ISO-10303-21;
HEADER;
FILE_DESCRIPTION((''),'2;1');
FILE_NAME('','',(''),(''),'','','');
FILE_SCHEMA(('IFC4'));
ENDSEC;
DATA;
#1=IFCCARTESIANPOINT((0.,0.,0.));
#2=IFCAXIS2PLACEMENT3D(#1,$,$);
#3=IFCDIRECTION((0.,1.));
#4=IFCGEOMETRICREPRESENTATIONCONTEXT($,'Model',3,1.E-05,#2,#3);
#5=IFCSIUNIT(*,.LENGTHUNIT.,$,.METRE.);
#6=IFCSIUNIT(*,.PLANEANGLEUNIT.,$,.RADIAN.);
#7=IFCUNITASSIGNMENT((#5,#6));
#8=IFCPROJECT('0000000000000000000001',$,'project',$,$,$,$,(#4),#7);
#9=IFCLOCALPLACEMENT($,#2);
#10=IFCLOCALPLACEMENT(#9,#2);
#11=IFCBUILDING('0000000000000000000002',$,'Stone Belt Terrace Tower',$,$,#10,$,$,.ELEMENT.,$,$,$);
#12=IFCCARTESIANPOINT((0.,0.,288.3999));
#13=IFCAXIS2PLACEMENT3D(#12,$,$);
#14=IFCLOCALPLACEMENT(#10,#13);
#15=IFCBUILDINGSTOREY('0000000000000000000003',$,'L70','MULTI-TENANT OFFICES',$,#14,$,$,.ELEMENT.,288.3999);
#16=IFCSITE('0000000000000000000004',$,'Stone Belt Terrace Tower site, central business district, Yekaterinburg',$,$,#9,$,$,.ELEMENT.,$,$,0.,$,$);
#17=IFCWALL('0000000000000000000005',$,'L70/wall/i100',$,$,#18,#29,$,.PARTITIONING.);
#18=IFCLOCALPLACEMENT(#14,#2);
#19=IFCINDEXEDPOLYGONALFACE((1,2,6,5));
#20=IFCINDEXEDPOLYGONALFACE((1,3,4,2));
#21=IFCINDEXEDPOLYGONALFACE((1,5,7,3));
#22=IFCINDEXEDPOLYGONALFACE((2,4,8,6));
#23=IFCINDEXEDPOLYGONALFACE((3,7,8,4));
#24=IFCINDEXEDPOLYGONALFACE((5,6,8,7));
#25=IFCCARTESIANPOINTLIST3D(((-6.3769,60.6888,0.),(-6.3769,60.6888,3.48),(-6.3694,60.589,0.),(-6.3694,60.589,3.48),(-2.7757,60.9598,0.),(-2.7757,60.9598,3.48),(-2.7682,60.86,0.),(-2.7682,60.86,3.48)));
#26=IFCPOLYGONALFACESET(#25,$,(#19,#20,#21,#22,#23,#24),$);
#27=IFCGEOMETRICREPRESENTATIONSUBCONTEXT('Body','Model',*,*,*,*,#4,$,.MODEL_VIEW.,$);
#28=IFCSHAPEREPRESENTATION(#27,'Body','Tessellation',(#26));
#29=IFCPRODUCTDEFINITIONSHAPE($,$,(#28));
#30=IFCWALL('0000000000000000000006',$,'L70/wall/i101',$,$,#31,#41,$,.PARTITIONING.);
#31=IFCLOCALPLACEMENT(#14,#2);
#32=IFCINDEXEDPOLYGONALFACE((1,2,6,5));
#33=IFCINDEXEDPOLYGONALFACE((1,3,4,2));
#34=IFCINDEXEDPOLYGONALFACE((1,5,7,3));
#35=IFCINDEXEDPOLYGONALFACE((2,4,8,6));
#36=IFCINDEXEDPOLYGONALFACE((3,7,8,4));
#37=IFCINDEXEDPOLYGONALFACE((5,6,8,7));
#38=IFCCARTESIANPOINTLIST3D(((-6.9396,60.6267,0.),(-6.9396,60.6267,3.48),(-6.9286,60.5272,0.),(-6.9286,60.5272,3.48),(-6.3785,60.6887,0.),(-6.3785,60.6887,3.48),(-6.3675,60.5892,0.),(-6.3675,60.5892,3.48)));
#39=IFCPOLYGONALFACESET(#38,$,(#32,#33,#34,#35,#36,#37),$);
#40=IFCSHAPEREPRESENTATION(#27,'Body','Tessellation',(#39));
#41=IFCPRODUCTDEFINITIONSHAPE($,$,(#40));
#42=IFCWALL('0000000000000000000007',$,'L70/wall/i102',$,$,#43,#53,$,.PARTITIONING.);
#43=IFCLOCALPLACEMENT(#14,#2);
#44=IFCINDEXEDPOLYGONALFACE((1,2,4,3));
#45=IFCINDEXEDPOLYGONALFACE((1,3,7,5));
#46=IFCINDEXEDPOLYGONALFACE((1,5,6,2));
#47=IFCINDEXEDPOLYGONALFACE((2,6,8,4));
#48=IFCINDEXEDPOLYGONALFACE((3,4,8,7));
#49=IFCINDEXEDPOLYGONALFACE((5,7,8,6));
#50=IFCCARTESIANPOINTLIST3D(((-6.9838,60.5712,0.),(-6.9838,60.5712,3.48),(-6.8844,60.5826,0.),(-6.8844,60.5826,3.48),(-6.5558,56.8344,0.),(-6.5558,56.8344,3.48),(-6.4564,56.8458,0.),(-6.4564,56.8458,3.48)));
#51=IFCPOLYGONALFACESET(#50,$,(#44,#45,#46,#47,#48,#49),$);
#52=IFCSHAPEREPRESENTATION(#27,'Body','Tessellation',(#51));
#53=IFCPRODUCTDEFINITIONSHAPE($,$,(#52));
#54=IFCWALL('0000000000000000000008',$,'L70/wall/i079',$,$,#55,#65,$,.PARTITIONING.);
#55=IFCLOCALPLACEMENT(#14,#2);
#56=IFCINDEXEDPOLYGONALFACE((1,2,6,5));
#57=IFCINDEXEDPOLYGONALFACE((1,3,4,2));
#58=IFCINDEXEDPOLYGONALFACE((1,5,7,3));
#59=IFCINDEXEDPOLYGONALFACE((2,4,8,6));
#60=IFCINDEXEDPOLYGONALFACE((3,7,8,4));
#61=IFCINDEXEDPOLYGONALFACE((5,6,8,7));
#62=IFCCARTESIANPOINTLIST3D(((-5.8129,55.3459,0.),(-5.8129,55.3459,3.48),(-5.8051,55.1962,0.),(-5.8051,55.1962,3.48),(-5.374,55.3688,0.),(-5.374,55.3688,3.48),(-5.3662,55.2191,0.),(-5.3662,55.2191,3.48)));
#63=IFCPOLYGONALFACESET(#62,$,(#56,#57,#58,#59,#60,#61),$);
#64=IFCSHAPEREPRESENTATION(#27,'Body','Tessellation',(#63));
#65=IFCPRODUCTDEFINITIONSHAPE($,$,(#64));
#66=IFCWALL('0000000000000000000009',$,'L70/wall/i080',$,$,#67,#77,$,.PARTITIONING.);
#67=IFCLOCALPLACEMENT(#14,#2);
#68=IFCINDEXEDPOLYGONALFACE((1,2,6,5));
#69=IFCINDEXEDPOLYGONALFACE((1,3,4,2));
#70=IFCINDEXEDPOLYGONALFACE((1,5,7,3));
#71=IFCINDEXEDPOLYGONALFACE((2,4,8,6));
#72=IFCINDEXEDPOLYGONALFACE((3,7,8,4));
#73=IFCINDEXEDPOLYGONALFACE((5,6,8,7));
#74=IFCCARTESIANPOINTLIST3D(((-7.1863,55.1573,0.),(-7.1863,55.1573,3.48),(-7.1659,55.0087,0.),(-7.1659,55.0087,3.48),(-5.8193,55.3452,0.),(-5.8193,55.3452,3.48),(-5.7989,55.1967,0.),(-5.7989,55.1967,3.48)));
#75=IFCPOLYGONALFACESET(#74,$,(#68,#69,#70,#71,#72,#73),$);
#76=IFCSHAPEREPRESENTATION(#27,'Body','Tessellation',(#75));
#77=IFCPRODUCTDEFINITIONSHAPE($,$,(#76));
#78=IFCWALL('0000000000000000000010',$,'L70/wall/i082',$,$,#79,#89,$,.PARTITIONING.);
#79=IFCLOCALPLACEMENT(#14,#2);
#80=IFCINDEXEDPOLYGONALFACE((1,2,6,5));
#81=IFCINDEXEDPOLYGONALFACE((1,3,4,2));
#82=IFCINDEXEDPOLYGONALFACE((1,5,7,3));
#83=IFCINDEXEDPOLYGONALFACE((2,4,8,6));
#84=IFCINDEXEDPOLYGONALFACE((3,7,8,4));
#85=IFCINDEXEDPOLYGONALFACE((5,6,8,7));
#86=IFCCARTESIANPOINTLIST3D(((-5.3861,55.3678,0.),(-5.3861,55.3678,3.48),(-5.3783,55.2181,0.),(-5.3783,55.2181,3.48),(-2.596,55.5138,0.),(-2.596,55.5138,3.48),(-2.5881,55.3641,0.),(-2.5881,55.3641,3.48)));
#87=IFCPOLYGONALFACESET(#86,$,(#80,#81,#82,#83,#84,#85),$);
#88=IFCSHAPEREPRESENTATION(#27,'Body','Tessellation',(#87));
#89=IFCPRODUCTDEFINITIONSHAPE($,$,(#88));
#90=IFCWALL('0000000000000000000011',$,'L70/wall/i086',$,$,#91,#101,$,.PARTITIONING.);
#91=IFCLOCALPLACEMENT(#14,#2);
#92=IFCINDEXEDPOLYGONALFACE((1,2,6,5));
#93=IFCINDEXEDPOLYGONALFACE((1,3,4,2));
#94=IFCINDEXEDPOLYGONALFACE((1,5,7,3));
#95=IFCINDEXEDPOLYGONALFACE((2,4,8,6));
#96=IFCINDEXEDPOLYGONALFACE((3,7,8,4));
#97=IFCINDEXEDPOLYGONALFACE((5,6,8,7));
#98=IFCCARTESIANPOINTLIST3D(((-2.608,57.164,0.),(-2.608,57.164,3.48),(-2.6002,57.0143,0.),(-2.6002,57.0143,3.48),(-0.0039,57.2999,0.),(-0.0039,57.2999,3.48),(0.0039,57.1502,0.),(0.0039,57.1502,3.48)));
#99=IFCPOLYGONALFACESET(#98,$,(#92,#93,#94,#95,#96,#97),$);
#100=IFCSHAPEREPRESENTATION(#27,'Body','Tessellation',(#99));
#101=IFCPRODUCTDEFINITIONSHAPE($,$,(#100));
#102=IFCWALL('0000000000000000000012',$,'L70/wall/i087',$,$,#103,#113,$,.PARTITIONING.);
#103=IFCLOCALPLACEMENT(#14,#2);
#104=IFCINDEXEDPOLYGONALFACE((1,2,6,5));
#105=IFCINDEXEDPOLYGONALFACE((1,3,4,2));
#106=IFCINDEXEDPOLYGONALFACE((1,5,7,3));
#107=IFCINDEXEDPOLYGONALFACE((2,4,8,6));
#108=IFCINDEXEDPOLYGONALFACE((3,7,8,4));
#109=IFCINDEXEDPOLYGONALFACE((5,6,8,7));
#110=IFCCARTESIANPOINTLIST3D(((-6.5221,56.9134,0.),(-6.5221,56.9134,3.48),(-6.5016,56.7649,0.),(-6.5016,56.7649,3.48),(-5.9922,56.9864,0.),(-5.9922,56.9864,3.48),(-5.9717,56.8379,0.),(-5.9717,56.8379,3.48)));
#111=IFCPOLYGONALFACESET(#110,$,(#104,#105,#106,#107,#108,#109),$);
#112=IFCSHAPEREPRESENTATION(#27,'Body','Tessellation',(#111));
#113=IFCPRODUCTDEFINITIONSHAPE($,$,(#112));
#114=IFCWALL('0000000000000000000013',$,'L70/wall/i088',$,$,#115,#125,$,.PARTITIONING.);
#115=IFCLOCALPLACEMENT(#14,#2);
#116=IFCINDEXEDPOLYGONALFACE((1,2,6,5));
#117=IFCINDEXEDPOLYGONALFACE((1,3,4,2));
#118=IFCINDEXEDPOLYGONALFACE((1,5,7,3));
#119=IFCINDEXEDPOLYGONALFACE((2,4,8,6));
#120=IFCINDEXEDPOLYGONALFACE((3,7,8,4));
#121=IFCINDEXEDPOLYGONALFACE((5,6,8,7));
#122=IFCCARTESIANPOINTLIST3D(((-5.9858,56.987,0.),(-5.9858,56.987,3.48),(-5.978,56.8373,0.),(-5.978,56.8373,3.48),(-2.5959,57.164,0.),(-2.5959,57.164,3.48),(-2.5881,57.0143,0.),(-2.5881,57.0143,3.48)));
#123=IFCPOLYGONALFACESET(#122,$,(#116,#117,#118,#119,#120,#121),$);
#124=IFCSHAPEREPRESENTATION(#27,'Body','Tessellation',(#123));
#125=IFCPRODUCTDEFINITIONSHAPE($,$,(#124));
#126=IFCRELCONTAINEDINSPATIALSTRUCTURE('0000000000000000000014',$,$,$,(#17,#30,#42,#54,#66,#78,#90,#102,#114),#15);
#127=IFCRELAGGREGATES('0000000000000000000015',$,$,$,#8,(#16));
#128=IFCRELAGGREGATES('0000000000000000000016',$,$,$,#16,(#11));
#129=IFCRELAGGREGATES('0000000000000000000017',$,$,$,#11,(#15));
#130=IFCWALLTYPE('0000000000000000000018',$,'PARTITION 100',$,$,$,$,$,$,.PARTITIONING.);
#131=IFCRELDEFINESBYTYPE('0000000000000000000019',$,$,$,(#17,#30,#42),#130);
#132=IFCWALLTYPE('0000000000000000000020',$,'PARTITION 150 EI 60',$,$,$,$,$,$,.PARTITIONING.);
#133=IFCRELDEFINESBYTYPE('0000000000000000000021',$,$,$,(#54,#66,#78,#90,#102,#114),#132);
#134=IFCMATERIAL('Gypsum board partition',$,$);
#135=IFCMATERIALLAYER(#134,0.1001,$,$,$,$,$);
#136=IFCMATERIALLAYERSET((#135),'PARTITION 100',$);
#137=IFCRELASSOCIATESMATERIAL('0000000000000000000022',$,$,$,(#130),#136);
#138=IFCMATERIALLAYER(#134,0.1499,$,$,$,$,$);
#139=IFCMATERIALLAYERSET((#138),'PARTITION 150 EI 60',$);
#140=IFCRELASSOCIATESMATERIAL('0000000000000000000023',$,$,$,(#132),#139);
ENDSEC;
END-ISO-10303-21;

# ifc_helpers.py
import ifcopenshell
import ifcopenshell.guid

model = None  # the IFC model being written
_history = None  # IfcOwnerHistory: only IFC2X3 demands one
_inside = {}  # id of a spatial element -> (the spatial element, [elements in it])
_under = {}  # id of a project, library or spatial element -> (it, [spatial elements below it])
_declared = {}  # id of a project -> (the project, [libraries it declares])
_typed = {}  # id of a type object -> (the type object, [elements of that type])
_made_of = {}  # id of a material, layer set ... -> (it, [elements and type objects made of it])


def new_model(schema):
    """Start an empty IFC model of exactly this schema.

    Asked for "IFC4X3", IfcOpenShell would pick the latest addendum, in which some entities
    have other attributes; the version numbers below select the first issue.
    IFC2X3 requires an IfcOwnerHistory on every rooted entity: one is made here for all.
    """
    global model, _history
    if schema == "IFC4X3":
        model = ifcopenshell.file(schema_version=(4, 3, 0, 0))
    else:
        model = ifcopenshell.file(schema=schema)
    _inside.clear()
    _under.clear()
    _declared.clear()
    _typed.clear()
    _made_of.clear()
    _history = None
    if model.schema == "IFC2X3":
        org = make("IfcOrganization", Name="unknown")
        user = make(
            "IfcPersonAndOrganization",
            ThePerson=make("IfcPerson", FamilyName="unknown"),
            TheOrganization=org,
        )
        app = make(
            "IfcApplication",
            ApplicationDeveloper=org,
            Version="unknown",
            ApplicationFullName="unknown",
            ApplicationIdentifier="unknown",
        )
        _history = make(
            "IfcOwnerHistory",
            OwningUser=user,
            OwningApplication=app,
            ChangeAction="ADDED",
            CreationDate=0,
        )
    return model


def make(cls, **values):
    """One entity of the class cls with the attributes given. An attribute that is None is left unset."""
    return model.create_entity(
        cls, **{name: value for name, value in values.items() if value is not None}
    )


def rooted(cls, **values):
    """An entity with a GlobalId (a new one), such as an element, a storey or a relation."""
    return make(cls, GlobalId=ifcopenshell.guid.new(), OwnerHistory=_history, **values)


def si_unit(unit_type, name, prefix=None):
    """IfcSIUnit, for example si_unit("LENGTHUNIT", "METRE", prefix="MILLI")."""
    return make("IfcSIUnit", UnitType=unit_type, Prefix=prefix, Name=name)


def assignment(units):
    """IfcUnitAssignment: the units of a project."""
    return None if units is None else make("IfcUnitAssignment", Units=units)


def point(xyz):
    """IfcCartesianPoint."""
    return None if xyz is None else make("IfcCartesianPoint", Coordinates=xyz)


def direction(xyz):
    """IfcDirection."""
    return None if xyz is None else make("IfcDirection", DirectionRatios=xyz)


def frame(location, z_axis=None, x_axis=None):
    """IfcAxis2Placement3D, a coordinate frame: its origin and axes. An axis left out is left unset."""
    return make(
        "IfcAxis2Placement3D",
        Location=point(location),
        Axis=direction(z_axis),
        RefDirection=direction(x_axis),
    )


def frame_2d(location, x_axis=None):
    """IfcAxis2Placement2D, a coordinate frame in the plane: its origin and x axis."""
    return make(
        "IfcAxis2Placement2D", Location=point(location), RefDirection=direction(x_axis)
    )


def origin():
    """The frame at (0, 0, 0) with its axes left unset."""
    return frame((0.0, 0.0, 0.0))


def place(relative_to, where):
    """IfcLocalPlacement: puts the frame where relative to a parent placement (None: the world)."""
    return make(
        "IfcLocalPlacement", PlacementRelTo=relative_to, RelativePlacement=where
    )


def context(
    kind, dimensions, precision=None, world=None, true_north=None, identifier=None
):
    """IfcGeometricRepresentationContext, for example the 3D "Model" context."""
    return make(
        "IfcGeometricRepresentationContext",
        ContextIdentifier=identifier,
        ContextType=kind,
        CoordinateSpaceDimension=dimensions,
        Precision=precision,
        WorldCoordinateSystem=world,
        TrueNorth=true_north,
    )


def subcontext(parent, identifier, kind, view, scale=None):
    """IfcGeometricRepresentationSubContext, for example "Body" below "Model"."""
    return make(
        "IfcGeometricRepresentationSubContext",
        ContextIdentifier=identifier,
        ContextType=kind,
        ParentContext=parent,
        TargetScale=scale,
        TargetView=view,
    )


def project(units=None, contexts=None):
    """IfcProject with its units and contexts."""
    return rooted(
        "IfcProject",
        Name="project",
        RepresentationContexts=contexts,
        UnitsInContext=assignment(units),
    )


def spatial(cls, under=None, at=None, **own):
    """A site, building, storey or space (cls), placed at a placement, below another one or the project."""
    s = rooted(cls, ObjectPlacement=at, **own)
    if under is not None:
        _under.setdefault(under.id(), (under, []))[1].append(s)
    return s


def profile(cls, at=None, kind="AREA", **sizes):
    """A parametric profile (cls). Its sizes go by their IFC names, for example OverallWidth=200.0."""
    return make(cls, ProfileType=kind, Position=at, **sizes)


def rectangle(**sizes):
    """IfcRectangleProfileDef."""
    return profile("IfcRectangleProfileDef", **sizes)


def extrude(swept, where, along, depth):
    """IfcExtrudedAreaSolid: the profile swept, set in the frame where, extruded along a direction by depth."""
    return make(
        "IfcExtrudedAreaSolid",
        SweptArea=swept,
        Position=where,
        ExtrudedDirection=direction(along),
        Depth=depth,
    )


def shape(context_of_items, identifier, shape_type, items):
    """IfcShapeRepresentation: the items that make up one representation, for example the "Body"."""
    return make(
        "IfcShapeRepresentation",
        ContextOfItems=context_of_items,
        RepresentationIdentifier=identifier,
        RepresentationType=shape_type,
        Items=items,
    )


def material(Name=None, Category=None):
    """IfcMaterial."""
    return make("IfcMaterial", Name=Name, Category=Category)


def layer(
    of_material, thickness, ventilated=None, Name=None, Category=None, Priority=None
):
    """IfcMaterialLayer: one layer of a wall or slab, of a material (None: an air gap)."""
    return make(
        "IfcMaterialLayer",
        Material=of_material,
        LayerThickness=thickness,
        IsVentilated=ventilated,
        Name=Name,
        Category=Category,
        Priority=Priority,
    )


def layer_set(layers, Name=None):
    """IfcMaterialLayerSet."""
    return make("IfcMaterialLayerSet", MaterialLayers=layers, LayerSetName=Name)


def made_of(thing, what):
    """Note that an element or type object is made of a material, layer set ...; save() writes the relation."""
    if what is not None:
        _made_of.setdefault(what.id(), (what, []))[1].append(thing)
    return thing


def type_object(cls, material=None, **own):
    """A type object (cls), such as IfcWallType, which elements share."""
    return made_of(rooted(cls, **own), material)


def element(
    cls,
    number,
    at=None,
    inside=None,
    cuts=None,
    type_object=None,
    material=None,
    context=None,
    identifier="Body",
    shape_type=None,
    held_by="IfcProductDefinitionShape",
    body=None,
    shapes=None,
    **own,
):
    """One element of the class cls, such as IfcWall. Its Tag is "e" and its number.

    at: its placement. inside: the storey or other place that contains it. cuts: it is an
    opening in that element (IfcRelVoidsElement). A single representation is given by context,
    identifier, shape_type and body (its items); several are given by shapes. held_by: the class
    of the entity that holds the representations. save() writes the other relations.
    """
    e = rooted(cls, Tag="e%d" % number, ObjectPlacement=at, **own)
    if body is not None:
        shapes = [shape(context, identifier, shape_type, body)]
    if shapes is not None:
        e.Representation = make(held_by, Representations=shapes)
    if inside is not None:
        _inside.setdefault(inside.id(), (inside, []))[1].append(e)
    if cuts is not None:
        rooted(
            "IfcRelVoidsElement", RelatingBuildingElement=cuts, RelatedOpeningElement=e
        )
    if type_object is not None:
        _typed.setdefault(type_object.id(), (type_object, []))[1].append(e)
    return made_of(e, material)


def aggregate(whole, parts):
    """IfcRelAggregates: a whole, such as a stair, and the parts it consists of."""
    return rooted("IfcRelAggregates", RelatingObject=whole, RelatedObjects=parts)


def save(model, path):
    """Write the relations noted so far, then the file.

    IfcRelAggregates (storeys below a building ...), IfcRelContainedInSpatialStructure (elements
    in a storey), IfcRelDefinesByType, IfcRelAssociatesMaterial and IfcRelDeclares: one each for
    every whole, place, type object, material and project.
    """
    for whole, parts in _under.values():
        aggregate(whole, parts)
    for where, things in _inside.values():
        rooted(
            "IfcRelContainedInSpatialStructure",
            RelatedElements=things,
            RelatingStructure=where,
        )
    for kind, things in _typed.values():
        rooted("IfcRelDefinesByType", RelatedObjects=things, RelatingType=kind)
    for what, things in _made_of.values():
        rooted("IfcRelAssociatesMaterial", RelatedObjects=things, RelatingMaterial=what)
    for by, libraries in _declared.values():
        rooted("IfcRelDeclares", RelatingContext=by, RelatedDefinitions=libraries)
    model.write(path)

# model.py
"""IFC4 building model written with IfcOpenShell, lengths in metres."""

from ifc_helpers import new_model, si_unit, direction, frame, frame_2d, origin, place, context, subcontext, project, spatial, rectangle, extrude, material, layer, layer_set, type_object, element, save


model = new_model("IFC4")

# Units and contexts
model_context = context("Model", 3, precision=1e-05, world=origin(), true_north=direction((0.0, 1.0)))
body_context = subcontext(model_context, "Body", "Model", "MODEL_VIEW")
ifc_project = project(units=[si_unit("LENGTHUNIT", "METRE"), si_unit("PLANEANGLEUNIT", "RADIAN")], contexts=[model_context])

# Site, building, storey
site_placement = place(None, origin())
site = spatial("IfcSite", under=ifc_project, at=site_placement, Name="Stone Belt Terrace Tower site, central business district, Yekaterinburg", CompositionType="ELEMENT", RefElevation=0.0)
building_placement = place(site_placement, origin())
building = spatial("IfcBuilding", under=site, at=building_placement, Name="Stone Belt Terrace Tower", CompositionType="ELEMENT")
storey_placement = place(building_placement, frame((0.0, 0.0, 288.3999)))
storey = spatial("IfcBuildingStorey", under=building, at=storey_placement, Name="L70", Description="MULTI-TENANT OFFICES", CompositionType="ELEMENT", Elevation=288.3999)

# Shared definitions
ifc_material_1 = material(Name="Gypsum board partition")
ifc_layer_1 = layer(ifc_material_1, 0.1001)
ifc_layer_set_1 = layer_set([ifc_layer_1], Name="PARTITION 100")
wall_type_1 = type_object("IfcWallType", Name="PARTITION 100", PredefinedType="PARTITIONING", material=ifc_layer_set_1)

# Walls
wall_1_placement = place(storey_placement, frame((-2.772, 60.9099, 0.0), z_axis=(0.0, 0.0, 1.0), x_axis=(-0.99718, -0.075042, 0.0)))
element("IfcWall", 1, at=wall_1_placement, inside=storey, type_object=wall_type_1, Name="L70/wall/i100", PredefinedType="PARTITIONING", context=body_context, shape_type="SweptSolid", body=[
    extrude(rectangle(XDim=3.6113, YDim=0.1001, at=frame_2d((1.8057, 0.0))), origin(), (0.0, 0.0, 1.0), 3.48),
])
wall_2_placement = place(storey_placement, frame((-6.373, 60.6389, 0.0), z_axis=(0.0, 0.0, 1.0), x_axis=(-0.993947, -0.109862, 0.0)))
element("IfcWall", 2, at=wall_2_placement, inside=storey, type_object=wall_type_1, Name="L70/wall/i101", PredefinedType="PARTITIONING", context=body_context, shape_type="SweptSolid", body=[
    extrude(rectangle(XDim=0.5645, YDim=0.1001, at=frame_2d((0.2822, 0.0))), origin(), (0.0, 0.0, 1.0), 3.48),
])
wall_3_placement = place(storey_placement, frame((-6.9341, 60.5769, 0.0), z_axis=(0.0, 0.0, 1.0), x_axis=(0.113786, -0.993505, 0.0)))
element("IfcWall", 3, at=wall_3_placement, inside=storey, type_object=wall_type_1, Name="L70/wall/i102", PredefinedType="PARTITIONING", context=body_context, shape_type="SweptSolid", body=[
    extrude(rectangle(XDim=3.7612, YDim=0.1001, at=frame_2d((1.8806, 0.0))), origin(), (0.0, 0.0, 1.0), 3.48),
])
ifc_layer_2 = layer(ifc_material_1, 0.1499)
ifc_layer_set_2 = layer_set([ifc_layer_2], Name="PARTITION 150 EI 60")
wall_type_2 = type_object("IfcWallType", Name="PARTITION 150 EI 60", PredefinedType="PARTITIONING", material=ifc_layer_set_2)
wall_4_placement = place(storey_placement, frame((-5.3701, 55.2939, 0.0), z_axis=(0.0, 0.0, 1.0), x_axis=(-0.998636, -0.052209, 0.0)))
element("IfcWall", 4, at=wall_4_placement, inside=storey, type_object=wall_type_2, Name="L70/wall/i079", PredefinedType="PARTITIONING", context=body_context, shape_type="SweptSolid", body=[
    extrude(rectangle(XDim=0.4395, YDim=0.1499, at=frame_2d((0.2197, 0.0))), origin(), (0.0, 0.0, 1.0), 3.48),
])
wall_5_placement = place(storey_placement, frame((-5.8091, 55.271, 0.0), z_axis=(0.0, 0.0, 1.0), x_axis=(-0.990676, -0.136242, 0.0)))
element("IfcWall", 5, at=wall_5_placement, inside=storey, type_object=wall_type_2, Name="L70/wall/i080", PredefinedType="PARTITIONING", context=body_context, shape_type="SweptSolid", body=[
    extrude(rectangle(XDim=1.3799, YDim=0.1499, at=frame_2d((0.6899, 0.0))), origin(), (0.0, 0.0, 1.0), 3.48),
])
wall_6_placement = place(storey_placement, frame((-2.592, 55.439, 0.0), z_axis=(0.0, 0.0, 1.0), x_axis=(-0.998634, -0.052256, 0.0)))
element("IfcWall", 6, at=wall_6_placement, inside=storey, type_object=wall_type_2, Name="L70/wall/i082", PredefinedType="PARTITIONING", context=body_context, shape_type="SweptSolid", body=[
    extrude(rectangle(XDim=2.7939, YDim=0.1499, at=frame_2d((1.397, 0.0))), origin(), (0.0, 0.0, 1.0), 3.48),
])
wall_7_placement = place(storey_placement, frame((-2.604, 57.0891, 0.0), z_axis=(0.0, 0.0, 1.0), x_axis=(0.998639, 0.052151, 0.0)))
element("IfcWall", 7, at=wall_7_placement, inside=storey, type_object=wall_type_2, Name="L70/wall/i086", PredefinedType="PARTITIONING", context=body_context, shape_type="SweptSolid", body=[
    extrude(rectangle(XDim=2.6077, YDim=0.1499, at=frame_2d((1.3037, 0.0))), origin(), (0.0, 0.0, 1.0), 3.48),
])
wall_8_placement = place(storey_placement, frame((-6.512, 56.8391, 0.0), z_axis=(0.0, 0.0, 1.0), x_axis=(0.990649, 0.136437, 0.0)))
element("IfcWall", 8, at=wall_8_placement, inside=storey, type_object=wall_type_2, Name="L70/wall/i087", PredefinedType="PARTITIONING", context=body_context, shape_type="SweptSolid", body=[
    extrude(rectangle(XDim=0.5349, YDim=0.1499, at=frame_2d((0.2676, 0.0))), origin(), (0.0, 0.0, 1.0), 3.48),
])
wall_9_placement = place(storey_placement, frame((-5.9819, 56.9121, 0.0), z_axis=(0.0, 0.0, 1.0), x_axis=(0.99864, 0.052144, 0.0)))
element("IfcWall", 9, at=wall_9_placement, inside=storey, type_object=wall_type_2, Name="L70/wall/i088", PredefinedType="PARTITIONING", context=body_context, shape_type="SweptSolid", body=[
    extrude(rectangle(XDim=3.3945, YDim=0.1499, at=frame_2d((1.6973, 0.0))), origin(), (0.0, 0.0, 1.0), 3.48),
])

save(model, "model.ifc")
